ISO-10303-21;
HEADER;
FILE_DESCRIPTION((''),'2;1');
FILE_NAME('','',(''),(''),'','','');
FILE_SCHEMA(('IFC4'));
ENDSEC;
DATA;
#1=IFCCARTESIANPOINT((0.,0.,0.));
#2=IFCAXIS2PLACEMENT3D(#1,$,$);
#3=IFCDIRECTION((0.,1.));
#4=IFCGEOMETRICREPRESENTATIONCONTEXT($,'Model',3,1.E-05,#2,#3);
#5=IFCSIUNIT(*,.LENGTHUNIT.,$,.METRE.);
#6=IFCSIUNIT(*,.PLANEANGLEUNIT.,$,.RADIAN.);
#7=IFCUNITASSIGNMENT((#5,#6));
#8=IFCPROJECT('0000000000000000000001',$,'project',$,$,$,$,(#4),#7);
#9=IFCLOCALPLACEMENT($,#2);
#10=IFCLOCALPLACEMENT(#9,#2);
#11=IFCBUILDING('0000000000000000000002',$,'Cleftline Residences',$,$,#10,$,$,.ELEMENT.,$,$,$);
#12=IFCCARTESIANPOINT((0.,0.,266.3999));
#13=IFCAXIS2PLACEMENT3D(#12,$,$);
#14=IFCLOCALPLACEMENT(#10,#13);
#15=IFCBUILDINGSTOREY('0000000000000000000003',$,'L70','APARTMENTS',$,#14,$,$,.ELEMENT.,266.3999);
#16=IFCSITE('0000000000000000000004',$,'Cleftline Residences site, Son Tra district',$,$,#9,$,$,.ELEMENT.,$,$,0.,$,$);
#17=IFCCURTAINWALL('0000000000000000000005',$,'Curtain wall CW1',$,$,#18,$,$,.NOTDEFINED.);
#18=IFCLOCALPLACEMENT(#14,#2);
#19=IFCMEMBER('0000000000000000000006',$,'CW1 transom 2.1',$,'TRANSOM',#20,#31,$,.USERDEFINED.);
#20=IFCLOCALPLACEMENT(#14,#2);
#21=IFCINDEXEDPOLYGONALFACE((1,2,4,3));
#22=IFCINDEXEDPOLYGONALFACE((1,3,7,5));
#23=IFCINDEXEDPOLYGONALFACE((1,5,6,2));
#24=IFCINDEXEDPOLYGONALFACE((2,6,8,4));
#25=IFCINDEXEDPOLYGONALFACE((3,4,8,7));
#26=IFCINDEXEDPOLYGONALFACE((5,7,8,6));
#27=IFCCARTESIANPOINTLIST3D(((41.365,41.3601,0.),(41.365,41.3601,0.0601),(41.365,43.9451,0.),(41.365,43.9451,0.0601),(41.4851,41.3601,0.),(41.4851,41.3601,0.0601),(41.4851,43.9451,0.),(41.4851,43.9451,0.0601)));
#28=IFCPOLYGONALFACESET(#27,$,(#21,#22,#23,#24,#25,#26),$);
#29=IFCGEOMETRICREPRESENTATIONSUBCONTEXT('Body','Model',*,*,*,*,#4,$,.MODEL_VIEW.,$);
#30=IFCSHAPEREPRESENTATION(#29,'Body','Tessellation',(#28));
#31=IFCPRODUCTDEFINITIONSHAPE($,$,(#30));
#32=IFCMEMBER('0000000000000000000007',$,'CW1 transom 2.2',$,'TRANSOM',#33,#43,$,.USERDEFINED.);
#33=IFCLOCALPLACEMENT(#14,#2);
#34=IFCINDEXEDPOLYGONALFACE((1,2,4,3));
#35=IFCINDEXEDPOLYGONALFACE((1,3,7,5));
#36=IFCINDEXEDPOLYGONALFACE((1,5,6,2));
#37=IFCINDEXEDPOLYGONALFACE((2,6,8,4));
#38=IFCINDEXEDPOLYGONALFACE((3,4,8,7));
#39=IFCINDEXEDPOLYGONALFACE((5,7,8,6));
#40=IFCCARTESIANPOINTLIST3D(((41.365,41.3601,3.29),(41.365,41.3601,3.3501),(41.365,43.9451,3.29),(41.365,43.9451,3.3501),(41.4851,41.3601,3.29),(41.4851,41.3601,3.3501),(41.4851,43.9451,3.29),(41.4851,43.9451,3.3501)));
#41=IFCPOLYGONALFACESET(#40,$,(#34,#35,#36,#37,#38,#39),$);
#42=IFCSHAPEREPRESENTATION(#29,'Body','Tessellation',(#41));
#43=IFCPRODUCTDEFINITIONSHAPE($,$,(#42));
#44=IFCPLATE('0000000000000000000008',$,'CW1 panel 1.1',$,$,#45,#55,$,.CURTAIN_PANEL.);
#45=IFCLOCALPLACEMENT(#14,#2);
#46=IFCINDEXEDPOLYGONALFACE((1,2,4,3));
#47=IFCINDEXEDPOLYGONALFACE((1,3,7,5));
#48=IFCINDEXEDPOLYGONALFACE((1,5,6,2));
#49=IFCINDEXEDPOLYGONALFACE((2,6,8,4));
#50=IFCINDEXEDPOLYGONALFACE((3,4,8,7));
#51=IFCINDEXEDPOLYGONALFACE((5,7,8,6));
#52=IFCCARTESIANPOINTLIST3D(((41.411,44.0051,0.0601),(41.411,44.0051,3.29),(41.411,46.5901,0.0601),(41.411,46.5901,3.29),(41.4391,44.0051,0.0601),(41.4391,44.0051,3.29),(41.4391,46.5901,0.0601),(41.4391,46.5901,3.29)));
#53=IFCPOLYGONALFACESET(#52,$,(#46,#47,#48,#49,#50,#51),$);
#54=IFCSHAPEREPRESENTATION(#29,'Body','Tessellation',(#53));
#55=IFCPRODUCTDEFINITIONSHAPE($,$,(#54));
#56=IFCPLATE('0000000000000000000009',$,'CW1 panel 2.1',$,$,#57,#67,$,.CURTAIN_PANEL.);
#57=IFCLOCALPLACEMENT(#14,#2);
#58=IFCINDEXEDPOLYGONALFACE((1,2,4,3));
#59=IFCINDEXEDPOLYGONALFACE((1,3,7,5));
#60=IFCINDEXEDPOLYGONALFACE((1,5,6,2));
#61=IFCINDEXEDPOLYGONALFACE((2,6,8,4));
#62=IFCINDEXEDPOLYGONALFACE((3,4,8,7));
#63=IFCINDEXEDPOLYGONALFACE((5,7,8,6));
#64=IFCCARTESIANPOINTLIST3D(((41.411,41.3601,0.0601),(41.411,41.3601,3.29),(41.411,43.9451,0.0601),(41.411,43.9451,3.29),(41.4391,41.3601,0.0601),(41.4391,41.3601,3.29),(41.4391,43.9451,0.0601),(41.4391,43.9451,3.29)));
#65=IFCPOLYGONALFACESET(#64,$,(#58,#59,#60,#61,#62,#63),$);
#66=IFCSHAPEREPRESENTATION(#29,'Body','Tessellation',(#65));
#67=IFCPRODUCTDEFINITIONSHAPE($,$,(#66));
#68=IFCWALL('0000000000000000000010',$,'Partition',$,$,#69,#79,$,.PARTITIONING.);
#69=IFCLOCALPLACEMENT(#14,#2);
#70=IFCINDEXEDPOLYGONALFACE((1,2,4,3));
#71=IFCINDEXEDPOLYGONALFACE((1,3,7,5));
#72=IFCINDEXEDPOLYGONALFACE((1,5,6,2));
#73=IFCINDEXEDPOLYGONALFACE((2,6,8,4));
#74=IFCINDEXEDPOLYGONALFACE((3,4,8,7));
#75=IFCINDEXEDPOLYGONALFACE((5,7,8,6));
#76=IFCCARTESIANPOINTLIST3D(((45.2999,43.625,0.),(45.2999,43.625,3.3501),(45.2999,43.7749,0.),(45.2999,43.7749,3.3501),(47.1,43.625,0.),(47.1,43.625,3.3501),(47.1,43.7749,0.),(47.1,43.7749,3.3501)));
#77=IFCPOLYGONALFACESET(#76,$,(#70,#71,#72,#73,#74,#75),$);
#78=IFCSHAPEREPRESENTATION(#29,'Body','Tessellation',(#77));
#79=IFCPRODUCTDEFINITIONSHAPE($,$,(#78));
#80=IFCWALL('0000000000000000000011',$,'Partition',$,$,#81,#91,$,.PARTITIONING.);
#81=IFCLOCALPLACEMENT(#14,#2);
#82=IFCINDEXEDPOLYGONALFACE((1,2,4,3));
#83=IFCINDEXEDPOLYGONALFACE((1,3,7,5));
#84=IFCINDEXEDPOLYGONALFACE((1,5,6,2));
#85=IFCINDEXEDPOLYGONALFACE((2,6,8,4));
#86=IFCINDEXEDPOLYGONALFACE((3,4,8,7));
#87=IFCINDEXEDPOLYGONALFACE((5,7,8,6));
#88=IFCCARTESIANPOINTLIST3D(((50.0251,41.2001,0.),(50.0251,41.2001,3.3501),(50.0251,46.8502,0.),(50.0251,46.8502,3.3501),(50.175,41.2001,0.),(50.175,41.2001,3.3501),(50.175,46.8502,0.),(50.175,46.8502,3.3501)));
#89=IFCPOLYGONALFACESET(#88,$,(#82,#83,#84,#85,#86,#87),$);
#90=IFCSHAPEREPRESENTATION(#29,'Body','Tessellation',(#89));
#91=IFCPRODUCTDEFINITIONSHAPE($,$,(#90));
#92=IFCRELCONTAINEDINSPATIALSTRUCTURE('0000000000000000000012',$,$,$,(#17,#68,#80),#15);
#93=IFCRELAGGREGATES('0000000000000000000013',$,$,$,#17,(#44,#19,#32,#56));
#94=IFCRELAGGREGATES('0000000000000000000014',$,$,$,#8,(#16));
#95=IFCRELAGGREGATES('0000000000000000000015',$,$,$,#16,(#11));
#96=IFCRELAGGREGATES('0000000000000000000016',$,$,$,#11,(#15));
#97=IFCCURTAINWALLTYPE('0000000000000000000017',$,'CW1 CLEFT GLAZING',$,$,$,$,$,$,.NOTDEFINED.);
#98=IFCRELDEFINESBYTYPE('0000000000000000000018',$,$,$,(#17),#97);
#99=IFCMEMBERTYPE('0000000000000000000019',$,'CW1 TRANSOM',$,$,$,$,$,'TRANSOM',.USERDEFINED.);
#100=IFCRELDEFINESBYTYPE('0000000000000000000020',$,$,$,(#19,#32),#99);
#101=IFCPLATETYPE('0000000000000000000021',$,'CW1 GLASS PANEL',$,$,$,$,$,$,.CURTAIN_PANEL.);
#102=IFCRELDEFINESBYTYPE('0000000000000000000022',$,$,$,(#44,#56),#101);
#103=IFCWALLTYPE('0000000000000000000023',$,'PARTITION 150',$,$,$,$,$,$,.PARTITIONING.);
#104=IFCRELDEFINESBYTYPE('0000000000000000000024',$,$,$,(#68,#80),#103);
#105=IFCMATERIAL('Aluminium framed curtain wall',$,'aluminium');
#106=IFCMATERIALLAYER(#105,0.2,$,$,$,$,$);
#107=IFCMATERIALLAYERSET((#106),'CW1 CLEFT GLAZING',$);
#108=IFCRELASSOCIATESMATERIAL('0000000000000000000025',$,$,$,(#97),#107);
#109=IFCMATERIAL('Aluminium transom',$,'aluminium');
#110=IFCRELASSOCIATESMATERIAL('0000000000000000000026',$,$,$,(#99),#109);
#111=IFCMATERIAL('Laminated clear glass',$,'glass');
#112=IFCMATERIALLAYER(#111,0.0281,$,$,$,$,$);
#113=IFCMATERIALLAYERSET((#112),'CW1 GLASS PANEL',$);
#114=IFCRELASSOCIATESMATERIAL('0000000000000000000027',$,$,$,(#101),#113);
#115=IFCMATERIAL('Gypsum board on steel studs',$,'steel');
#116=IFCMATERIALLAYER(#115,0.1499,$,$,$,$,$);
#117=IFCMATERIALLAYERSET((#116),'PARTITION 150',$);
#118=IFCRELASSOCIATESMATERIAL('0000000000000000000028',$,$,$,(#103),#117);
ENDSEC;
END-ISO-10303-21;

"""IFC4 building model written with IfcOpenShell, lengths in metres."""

from ifc_helpers import new_model, si_unit, direction, frame, frame_2d, origin, origin_2d, place, context, subcontext, project, spatial, rectangle, extrude, material, layer, layer_set, material_profile, profile_set, type_object, element, aggregate, save


model = new_model("IFC4")

# Units and contexts
model_context = context("Model", 3, precision=1e-05, world=origin(), true_north=direction((0.0, 1.0)))
body_context = subcontext(model_context, "Body", "Model", "MODEL_VIEW")
ifc_project = project(units=[si_unit("LENGTHUNIT", "METRE"), si_unit("PLANEANGLEUNIT", "RADIAN")], contexts=[model_context])

# Site, building, storey
site_placement = place(None, origin())
site = spatial("IfcSite", under=ifc_project, at=site_placement, Name="Cleftline Residences site, Son Tra district", CompositionType="ELEMENT", RefElevation=0.0)
building_placement = place(site_placement, origin())
building = spatial("IfcBuilding", under=site, at=building_placement, Name="Cleftline Residences", CompositionType="ELEMENT")
storey_placement = place(building_placement, frame((0.0, 0.0, 266.3999)))
storey = spatial("IfcBuildingStorey", under=building, at=storey_placement, Name="L70", Description="APARTMENTS", CompositionType="ELEMENT", Elevation=266.3999)

# Curtain wall, members, plates
ifc_material_1 = material(Name="Aluminium framed curtain wall", Category="aluminium")
ifc_layer_1 = layer(ifc_material_1, 0.2)
ifc_layer_set_1 = layer_set([ifc_layer_1], Name="CW1 CLEFT GLAZING")
curtain_wall_type = type_object("IfcCurtainWallType", Name="CW1 CLEFT GLAZING", PredefinedType="NOTDEFINED", material=ifc_layer_set_1)
curtain_wall_placement = place(storey_placement, origin())
curtain_wall = element("IfcCurtainWall", 1, at=curtain_wall_placement, inside=storey, type_object=curtain_wall_type, Name="Curtain wall CW1", PredefinedType="NOTDEFINED")
ifc_material_2 = material(Name="Aluminium transom", Category="aluminium")
ifc_material_profile_1 = material_profile(ifc_material_2, rectangle(XDim=0.1201, YDim=0.0601, at=origin_2d()))
ifc_profile_set_1 = profile_set([ifc_material_profile_1], Name="Aluminium transom")
member_type = type_object("IfcMemberType", Name="CW1 TRANSOM", ElementType="TRANSOM", PredefinedType="USERDEFINED", material=ifc_profile_set_1)
member_1_placement = place(storey_placement, frame((41.425, 43.9451, 0.03), z_axis=(0.0, -1.0, 0.0), x_axis=(1.0, 0.0, 0.0)))
member_1 = element("IfcMember", 2, at=member_1_placement, type_object=member_type, Name="CW1 transom 2.1", ObjectType="TRANSOM", PredefinedType="USERDEFINED", context=body_context, shape_type="SweptSolid", body=[
    extrude(rectangle(XDim=0.1201, YDim=0.0601, at=origin_2d()), origin(), (0.0, 0.0, 1.0), 2.585),
])
member_2_placement = place(storey_placement, frame((41.425, 43.9451, 3.3201), z_axis=(0.0, -1.0, 0.0), x_axis=(1.0, 0.0, 0.0)))
member_2 = element("IfcMember", 3, at=member_2_placement, type_object=member_type, Name="CW1 transom 2.2", ObjectType="TRANSOM", PredefinedType="USERDEFINED", context=body_context, shape_type="SweptSolid", body=[
    extrude(rectangle(XDim=0.1201, YDim=0.0601, at=origin_2d()), origin(), (0.0, 0.0, 1.0), 2.585),
])
ifc_material_3 = material(Name="Laminated clear glass", Category="glass")
ifc_layer_2 = layer(ifc_material_3, 0.0281)
ifc_layer_set_2 = layer_set([ifc_layer_2], Name="CW1 GLASS PANEL")
plate_type = type_object("IfcPlateType", Name="CW1 GLASS PANEL", PredefinedType="CURTAIN_PANEL", material=ifc_layer_set_2)
plate_1_placement = place(storey_placement, frame((41.425, 45.2976, 0.0601), z_axis=(0.0, 0.0, 1.0), x_axis=(0.0, -1.0, 0.0)))
plate_1 = element("IfcPlate", 4, at=plate_1_placement, type_object=plate_type, Name="CW1 panel 1.1", PredefinedType="CURTAIN_PANEL", context=body_context, shape_type="SweptSolid", body=[
    extrude(rectangle(XDim=2.585, YDim=0.0281, at=origin_2d()), origin(), (0.0, 0.0, 1.0), 3.23),
])
plate_2_placement = place(storey_placement, frame((41.425, 42.6526, 0.0601), z_axis=(0.0, 0.0, 1.0), x_axis=(0.0, -1.0, 0.0)))
plate_2 = element("IfcPlate", 5, at=plate_2_placement, type_object=plate_type, Name="CW1 panel 2.1", PredefinedType="CURTAIN_PANEL", context=body_context, shape_type="SweptSolid", body=[
    extrude(rectangle(XDim=2.585, YDim=0.0281, at=origin_2d()), origin(), (0.0, 0.0, 1.0), 3.23),
])
aggregate(curtain_wall, [plate_1, member_1, member_2, plate_2])

# Walls
ifc_material_4 = material(Name="Gypsum board on steel studs", Category="steel")
ifc_layer_3 = layer(ifc_material_4, 0.1499)
ifc_layer_set_3 = layer_set([ifc_layer_3], Name="PARTITION 150")
wall_type = type_object("IfcWallType", Name="PARTITION 150", PredefinedType="PARTITIONING", material=ifc_layer_set_3)
wall_1_placement = place(storey_placement, frame((45.3, 43.7, 0.0), z_axis=(0.0, 0.0, 1.0), x_axis=(1.0, 0.0, 0.0)))
element("IfcWall", 6, at=wall_1_placement, inside=storey, type_object=wall_type, Name="Partition", PredefinedType="PARTITIONING", context=body_context, shape_type="SweptSolid", body=[
    extrude(rectangle(XDim=1.8, YDim=0.1499, at=frame_2d((0.8999, 0.0))), origin(), (0.0, 0.0, 1.0), 3.3501),
])
wall_2_placement = place(storey_placement, frame((50.1001, 41.2, 0.0), z_axis=(0.0, 0.0, 1.0), x_axis=(0.0, 1.0, 0.0)))
element("IfcWall", 7, at=wall_2_placement, inside=storey, type_object=wall_type, Name="Partition", PredefinedType="PARTITIONING", context=body_context, shape_type="SweptSolid", body=[
    extrude(rectangle(XDim=5.6501, YDim=0.1499, at=frame_2d((2.8252, 0.0))), origin(), (0.0, 0.0, 1.0), 3.3501),
])

save(model, "model.ifc")
